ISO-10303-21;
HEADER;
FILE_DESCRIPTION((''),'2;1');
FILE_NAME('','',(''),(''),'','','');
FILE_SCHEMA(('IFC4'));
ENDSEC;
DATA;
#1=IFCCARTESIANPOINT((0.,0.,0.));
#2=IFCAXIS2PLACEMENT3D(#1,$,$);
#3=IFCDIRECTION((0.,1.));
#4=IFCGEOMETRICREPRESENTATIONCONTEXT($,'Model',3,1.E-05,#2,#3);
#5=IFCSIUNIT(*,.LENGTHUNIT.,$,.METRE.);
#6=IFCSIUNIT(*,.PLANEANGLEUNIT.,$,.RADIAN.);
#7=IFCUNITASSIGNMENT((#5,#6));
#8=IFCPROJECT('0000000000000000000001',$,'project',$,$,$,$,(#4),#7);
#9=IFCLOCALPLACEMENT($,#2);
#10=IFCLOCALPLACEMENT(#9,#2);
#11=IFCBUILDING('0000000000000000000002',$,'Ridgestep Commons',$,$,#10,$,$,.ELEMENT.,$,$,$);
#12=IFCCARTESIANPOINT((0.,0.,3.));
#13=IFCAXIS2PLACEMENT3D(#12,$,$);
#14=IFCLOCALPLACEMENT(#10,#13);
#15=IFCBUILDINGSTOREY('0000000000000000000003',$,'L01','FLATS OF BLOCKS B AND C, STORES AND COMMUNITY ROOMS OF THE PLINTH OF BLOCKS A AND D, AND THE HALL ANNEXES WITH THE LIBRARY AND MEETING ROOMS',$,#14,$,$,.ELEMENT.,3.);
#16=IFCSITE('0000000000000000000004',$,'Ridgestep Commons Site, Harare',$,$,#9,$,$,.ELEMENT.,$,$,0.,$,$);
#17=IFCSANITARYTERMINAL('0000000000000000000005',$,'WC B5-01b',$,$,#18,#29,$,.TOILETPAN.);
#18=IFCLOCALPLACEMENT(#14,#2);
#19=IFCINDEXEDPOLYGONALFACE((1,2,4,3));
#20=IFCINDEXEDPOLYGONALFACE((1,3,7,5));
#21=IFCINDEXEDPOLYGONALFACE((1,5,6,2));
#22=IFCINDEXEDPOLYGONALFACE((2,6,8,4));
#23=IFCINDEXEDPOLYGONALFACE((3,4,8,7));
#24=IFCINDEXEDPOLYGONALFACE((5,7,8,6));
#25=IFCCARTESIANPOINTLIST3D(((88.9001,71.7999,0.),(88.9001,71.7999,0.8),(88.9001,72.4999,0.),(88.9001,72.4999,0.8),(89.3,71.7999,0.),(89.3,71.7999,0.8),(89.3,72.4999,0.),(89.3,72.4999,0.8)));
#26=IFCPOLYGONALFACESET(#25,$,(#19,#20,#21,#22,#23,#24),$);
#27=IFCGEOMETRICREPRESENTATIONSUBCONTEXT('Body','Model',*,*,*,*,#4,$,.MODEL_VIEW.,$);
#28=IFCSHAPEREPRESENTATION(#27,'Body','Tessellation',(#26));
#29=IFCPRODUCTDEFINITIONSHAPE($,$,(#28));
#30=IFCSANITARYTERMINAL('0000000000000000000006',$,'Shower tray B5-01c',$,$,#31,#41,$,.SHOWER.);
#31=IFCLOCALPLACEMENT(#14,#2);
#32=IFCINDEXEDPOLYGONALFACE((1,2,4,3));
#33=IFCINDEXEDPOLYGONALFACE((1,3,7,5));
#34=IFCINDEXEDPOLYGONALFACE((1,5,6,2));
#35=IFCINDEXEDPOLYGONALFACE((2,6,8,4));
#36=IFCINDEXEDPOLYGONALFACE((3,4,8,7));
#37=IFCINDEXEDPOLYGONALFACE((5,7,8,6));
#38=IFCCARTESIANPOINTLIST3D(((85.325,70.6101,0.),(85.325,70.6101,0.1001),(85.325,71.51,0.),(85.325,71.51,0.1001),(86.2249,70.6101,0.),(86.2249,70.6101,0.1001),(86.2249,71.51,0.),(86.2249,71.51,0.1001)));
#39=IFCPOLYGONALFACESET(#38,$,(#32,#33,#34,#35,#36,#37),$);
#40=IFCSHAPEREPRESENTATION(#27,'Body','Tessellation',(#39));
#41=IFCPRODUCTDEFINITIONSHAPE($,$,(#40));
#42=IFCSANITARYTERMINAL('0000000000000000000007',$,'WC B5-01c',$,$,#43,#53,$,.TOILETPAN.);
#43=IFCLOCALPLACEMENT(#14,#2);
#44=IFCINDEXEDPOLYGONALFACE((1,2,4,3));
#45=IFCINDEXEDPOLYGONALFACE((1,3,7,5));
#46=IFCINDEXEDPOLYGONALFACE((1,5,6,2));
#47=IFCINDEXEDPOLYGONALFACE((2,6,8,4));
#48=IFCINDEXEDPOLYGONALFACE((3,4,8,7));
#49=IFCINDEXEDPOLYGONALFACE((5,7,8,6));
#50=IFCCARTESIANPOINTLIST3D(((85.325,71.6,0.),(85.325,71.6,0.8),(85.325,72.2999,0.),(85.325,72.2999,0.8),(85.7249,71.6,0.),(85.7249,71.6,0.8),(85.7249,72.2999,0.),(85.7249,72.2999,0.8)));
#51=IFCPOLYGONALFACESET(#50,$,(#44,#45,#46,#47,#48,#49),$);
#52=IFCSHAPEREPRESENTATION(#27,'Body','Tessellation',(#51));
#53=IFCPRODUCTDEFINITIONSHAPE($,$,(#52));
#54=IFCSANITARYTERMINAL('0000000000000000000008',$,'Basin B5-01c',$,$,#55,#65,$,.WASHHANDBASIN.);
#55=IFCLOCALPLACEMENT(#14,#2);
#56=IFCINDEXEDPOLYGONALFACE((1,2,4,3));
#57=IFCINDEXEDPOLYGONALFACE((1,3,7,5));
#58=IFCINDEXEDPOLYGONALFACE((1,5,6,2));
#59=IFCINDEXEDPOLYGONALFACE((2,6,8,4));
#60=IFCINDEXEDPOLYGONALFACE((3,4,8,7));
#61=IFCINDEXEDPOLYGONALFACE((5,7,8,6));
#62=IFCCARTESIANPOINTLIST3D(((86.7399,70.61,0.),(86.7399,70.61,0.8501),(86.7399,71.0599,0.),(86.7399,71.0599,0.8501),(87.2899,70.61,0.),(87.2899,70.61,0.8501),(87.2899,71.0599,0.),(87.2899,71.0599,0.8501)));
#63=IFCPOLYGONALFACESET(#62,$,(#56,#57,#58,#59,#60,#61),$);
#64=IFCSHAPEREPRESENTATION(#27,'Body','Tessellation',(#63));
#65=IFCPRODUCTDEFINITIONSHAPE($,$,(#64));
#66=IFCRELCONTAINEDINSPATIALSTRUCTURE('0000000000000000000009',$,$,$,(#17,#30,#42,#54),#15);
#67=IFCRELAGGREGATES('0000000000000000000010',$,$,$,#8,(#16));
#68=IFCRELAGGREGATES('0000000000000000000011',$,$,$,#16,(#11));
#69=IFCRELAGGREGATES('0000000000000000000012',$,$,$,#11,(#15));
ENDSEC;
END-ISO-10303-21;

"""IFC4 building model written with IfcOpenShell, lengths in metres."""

from ifc_helpers import new_model, si_unit, direction, frame, origin, origin_2d, place, context, subcontext, project, spatial, rectangle, extrude, element, save


model = new_model("IFC4")

# Units and contexts
model_context = context("Model", 3, precision=1e-05, world=origin(), true_north=direction((0.0, 1.0)))
body_context = subcontext(model_context, "Body", "Model", "MODEL_VIEW")
ifc_project = project(units=[si_unit("LENGTHUNIT", "METRE"), si_unit("PLANEANGLEUNIT", "RADIAN")], contexts=[model_context])

# Site, building, storey
site_placement = place(None, origin())
site = spatial("IfcSite", under=ifc_project, at=site_placement, Name="Ridgestep Commons Site, Harare", CompositionType="ELEMENT", RefElevation=0.0)
building_placement = place(site_placement, origin())
building = spatial("IfcBuilding", under=site, at=building_placement, Name="Ridgestep Commons", CompositionType="ELEMENT")
storey_placement = place(building_placement, frame((0.0, 0.0, 3.0)))
storey = spatial("IfcBuildingStorey", under=building, at=storey_placement, Name="L01", Description="FLATS OF BLOCKS B AND C, STORES AND COMMUNITY ROOMS OF THE PLINTH OF BLOCKS A AND D, AND THE HALL ANNEXES WITH THE LIBRARY AND MEETING ROOMS", CompositionType="ELEMENT", Elevation=3.0)

# Sanitary terminals
sanitary_terminal_1_placement = place(storey_placement, frame((89.1001, 72.1499, 0.0), z_axis=(0.0, 0.0, 1.0), x_axis=(1.0, 0.0, 0.0)))
element("IfcSanitaryTerminal", 1, at=sanitary_terminal_1_placement, inside=storey, Name="WC B5-01b", PredefinedType="TOILETPAN", context=body_context, shape_type="SweptSolid", body=[
    extrude(rectangle(XDim=0.3999, YDim=0.7, at=origin_2d()), origin(), (0.0, 0.0, 1.0), 0.8),
])
sanitary_terminal_2_placement = place(storey_placement, frame((85.7749, 71.0601, 0.0), z_axis=(0.0, 0.0, 1.0), x_axis=(1.0, 0.0, 0.0)))
element("IfcSanitaryTerminal", 2, at=sanitary_terminal_2_placement, inside=storey, Name="Shower tray B5-01c", PredefinedType="SHOWER", context=body_context, shape_type="SweptSolid", body=[
    extrude(rectangle(XDim=0.8999, YDim=0.8999, at=origin_2d()), origin(), (0.0, 0.0, 1.0), 0.1001),
])
sanitary_terminal_3_placement = place(storey_placement, frame((85.5249, 71.95, 0.0), z_axis=(0.0, 0.0, 1.0), x_axis=(1.0, 0.0, 0.0)))
element("IfcSanitaryTerminal", 3, at=sanitary_terminal_3_placement, inside=storey, Name="WC B5-01c", PredefinedType="TOILETPAN", context=body_context, shape_type="SweptSolid", body=[
    extrude(rectangle(XDim=0.3999, YDim=0.7, at=origin_2d()), origin(), (0.0, 0.0, 1.0), 0.8),
])
sanitary_terminal_4_placement = place(storey_placement, frame((87.0149, 70.835, 0.0), z_axis=(0.0, 0.0, 1.0), x_axis=(1.0, 0.0, 0.0)))
element("IfcSanitaryTerminal", 4, at=sanitary_terminal_4_placement, inside=storey, Name="Basin B5-01c", PredefinedType="WASHHANDBASIN", context=body_context, shape_type="SweptSolid", body=[
    extrude(rectangle(XDim=0.55, YDim=0.45, at=origin_2d()), origin(), (0.0, 0.0, 1.0), 0.8501),
])

save(model, "model.ifc")
